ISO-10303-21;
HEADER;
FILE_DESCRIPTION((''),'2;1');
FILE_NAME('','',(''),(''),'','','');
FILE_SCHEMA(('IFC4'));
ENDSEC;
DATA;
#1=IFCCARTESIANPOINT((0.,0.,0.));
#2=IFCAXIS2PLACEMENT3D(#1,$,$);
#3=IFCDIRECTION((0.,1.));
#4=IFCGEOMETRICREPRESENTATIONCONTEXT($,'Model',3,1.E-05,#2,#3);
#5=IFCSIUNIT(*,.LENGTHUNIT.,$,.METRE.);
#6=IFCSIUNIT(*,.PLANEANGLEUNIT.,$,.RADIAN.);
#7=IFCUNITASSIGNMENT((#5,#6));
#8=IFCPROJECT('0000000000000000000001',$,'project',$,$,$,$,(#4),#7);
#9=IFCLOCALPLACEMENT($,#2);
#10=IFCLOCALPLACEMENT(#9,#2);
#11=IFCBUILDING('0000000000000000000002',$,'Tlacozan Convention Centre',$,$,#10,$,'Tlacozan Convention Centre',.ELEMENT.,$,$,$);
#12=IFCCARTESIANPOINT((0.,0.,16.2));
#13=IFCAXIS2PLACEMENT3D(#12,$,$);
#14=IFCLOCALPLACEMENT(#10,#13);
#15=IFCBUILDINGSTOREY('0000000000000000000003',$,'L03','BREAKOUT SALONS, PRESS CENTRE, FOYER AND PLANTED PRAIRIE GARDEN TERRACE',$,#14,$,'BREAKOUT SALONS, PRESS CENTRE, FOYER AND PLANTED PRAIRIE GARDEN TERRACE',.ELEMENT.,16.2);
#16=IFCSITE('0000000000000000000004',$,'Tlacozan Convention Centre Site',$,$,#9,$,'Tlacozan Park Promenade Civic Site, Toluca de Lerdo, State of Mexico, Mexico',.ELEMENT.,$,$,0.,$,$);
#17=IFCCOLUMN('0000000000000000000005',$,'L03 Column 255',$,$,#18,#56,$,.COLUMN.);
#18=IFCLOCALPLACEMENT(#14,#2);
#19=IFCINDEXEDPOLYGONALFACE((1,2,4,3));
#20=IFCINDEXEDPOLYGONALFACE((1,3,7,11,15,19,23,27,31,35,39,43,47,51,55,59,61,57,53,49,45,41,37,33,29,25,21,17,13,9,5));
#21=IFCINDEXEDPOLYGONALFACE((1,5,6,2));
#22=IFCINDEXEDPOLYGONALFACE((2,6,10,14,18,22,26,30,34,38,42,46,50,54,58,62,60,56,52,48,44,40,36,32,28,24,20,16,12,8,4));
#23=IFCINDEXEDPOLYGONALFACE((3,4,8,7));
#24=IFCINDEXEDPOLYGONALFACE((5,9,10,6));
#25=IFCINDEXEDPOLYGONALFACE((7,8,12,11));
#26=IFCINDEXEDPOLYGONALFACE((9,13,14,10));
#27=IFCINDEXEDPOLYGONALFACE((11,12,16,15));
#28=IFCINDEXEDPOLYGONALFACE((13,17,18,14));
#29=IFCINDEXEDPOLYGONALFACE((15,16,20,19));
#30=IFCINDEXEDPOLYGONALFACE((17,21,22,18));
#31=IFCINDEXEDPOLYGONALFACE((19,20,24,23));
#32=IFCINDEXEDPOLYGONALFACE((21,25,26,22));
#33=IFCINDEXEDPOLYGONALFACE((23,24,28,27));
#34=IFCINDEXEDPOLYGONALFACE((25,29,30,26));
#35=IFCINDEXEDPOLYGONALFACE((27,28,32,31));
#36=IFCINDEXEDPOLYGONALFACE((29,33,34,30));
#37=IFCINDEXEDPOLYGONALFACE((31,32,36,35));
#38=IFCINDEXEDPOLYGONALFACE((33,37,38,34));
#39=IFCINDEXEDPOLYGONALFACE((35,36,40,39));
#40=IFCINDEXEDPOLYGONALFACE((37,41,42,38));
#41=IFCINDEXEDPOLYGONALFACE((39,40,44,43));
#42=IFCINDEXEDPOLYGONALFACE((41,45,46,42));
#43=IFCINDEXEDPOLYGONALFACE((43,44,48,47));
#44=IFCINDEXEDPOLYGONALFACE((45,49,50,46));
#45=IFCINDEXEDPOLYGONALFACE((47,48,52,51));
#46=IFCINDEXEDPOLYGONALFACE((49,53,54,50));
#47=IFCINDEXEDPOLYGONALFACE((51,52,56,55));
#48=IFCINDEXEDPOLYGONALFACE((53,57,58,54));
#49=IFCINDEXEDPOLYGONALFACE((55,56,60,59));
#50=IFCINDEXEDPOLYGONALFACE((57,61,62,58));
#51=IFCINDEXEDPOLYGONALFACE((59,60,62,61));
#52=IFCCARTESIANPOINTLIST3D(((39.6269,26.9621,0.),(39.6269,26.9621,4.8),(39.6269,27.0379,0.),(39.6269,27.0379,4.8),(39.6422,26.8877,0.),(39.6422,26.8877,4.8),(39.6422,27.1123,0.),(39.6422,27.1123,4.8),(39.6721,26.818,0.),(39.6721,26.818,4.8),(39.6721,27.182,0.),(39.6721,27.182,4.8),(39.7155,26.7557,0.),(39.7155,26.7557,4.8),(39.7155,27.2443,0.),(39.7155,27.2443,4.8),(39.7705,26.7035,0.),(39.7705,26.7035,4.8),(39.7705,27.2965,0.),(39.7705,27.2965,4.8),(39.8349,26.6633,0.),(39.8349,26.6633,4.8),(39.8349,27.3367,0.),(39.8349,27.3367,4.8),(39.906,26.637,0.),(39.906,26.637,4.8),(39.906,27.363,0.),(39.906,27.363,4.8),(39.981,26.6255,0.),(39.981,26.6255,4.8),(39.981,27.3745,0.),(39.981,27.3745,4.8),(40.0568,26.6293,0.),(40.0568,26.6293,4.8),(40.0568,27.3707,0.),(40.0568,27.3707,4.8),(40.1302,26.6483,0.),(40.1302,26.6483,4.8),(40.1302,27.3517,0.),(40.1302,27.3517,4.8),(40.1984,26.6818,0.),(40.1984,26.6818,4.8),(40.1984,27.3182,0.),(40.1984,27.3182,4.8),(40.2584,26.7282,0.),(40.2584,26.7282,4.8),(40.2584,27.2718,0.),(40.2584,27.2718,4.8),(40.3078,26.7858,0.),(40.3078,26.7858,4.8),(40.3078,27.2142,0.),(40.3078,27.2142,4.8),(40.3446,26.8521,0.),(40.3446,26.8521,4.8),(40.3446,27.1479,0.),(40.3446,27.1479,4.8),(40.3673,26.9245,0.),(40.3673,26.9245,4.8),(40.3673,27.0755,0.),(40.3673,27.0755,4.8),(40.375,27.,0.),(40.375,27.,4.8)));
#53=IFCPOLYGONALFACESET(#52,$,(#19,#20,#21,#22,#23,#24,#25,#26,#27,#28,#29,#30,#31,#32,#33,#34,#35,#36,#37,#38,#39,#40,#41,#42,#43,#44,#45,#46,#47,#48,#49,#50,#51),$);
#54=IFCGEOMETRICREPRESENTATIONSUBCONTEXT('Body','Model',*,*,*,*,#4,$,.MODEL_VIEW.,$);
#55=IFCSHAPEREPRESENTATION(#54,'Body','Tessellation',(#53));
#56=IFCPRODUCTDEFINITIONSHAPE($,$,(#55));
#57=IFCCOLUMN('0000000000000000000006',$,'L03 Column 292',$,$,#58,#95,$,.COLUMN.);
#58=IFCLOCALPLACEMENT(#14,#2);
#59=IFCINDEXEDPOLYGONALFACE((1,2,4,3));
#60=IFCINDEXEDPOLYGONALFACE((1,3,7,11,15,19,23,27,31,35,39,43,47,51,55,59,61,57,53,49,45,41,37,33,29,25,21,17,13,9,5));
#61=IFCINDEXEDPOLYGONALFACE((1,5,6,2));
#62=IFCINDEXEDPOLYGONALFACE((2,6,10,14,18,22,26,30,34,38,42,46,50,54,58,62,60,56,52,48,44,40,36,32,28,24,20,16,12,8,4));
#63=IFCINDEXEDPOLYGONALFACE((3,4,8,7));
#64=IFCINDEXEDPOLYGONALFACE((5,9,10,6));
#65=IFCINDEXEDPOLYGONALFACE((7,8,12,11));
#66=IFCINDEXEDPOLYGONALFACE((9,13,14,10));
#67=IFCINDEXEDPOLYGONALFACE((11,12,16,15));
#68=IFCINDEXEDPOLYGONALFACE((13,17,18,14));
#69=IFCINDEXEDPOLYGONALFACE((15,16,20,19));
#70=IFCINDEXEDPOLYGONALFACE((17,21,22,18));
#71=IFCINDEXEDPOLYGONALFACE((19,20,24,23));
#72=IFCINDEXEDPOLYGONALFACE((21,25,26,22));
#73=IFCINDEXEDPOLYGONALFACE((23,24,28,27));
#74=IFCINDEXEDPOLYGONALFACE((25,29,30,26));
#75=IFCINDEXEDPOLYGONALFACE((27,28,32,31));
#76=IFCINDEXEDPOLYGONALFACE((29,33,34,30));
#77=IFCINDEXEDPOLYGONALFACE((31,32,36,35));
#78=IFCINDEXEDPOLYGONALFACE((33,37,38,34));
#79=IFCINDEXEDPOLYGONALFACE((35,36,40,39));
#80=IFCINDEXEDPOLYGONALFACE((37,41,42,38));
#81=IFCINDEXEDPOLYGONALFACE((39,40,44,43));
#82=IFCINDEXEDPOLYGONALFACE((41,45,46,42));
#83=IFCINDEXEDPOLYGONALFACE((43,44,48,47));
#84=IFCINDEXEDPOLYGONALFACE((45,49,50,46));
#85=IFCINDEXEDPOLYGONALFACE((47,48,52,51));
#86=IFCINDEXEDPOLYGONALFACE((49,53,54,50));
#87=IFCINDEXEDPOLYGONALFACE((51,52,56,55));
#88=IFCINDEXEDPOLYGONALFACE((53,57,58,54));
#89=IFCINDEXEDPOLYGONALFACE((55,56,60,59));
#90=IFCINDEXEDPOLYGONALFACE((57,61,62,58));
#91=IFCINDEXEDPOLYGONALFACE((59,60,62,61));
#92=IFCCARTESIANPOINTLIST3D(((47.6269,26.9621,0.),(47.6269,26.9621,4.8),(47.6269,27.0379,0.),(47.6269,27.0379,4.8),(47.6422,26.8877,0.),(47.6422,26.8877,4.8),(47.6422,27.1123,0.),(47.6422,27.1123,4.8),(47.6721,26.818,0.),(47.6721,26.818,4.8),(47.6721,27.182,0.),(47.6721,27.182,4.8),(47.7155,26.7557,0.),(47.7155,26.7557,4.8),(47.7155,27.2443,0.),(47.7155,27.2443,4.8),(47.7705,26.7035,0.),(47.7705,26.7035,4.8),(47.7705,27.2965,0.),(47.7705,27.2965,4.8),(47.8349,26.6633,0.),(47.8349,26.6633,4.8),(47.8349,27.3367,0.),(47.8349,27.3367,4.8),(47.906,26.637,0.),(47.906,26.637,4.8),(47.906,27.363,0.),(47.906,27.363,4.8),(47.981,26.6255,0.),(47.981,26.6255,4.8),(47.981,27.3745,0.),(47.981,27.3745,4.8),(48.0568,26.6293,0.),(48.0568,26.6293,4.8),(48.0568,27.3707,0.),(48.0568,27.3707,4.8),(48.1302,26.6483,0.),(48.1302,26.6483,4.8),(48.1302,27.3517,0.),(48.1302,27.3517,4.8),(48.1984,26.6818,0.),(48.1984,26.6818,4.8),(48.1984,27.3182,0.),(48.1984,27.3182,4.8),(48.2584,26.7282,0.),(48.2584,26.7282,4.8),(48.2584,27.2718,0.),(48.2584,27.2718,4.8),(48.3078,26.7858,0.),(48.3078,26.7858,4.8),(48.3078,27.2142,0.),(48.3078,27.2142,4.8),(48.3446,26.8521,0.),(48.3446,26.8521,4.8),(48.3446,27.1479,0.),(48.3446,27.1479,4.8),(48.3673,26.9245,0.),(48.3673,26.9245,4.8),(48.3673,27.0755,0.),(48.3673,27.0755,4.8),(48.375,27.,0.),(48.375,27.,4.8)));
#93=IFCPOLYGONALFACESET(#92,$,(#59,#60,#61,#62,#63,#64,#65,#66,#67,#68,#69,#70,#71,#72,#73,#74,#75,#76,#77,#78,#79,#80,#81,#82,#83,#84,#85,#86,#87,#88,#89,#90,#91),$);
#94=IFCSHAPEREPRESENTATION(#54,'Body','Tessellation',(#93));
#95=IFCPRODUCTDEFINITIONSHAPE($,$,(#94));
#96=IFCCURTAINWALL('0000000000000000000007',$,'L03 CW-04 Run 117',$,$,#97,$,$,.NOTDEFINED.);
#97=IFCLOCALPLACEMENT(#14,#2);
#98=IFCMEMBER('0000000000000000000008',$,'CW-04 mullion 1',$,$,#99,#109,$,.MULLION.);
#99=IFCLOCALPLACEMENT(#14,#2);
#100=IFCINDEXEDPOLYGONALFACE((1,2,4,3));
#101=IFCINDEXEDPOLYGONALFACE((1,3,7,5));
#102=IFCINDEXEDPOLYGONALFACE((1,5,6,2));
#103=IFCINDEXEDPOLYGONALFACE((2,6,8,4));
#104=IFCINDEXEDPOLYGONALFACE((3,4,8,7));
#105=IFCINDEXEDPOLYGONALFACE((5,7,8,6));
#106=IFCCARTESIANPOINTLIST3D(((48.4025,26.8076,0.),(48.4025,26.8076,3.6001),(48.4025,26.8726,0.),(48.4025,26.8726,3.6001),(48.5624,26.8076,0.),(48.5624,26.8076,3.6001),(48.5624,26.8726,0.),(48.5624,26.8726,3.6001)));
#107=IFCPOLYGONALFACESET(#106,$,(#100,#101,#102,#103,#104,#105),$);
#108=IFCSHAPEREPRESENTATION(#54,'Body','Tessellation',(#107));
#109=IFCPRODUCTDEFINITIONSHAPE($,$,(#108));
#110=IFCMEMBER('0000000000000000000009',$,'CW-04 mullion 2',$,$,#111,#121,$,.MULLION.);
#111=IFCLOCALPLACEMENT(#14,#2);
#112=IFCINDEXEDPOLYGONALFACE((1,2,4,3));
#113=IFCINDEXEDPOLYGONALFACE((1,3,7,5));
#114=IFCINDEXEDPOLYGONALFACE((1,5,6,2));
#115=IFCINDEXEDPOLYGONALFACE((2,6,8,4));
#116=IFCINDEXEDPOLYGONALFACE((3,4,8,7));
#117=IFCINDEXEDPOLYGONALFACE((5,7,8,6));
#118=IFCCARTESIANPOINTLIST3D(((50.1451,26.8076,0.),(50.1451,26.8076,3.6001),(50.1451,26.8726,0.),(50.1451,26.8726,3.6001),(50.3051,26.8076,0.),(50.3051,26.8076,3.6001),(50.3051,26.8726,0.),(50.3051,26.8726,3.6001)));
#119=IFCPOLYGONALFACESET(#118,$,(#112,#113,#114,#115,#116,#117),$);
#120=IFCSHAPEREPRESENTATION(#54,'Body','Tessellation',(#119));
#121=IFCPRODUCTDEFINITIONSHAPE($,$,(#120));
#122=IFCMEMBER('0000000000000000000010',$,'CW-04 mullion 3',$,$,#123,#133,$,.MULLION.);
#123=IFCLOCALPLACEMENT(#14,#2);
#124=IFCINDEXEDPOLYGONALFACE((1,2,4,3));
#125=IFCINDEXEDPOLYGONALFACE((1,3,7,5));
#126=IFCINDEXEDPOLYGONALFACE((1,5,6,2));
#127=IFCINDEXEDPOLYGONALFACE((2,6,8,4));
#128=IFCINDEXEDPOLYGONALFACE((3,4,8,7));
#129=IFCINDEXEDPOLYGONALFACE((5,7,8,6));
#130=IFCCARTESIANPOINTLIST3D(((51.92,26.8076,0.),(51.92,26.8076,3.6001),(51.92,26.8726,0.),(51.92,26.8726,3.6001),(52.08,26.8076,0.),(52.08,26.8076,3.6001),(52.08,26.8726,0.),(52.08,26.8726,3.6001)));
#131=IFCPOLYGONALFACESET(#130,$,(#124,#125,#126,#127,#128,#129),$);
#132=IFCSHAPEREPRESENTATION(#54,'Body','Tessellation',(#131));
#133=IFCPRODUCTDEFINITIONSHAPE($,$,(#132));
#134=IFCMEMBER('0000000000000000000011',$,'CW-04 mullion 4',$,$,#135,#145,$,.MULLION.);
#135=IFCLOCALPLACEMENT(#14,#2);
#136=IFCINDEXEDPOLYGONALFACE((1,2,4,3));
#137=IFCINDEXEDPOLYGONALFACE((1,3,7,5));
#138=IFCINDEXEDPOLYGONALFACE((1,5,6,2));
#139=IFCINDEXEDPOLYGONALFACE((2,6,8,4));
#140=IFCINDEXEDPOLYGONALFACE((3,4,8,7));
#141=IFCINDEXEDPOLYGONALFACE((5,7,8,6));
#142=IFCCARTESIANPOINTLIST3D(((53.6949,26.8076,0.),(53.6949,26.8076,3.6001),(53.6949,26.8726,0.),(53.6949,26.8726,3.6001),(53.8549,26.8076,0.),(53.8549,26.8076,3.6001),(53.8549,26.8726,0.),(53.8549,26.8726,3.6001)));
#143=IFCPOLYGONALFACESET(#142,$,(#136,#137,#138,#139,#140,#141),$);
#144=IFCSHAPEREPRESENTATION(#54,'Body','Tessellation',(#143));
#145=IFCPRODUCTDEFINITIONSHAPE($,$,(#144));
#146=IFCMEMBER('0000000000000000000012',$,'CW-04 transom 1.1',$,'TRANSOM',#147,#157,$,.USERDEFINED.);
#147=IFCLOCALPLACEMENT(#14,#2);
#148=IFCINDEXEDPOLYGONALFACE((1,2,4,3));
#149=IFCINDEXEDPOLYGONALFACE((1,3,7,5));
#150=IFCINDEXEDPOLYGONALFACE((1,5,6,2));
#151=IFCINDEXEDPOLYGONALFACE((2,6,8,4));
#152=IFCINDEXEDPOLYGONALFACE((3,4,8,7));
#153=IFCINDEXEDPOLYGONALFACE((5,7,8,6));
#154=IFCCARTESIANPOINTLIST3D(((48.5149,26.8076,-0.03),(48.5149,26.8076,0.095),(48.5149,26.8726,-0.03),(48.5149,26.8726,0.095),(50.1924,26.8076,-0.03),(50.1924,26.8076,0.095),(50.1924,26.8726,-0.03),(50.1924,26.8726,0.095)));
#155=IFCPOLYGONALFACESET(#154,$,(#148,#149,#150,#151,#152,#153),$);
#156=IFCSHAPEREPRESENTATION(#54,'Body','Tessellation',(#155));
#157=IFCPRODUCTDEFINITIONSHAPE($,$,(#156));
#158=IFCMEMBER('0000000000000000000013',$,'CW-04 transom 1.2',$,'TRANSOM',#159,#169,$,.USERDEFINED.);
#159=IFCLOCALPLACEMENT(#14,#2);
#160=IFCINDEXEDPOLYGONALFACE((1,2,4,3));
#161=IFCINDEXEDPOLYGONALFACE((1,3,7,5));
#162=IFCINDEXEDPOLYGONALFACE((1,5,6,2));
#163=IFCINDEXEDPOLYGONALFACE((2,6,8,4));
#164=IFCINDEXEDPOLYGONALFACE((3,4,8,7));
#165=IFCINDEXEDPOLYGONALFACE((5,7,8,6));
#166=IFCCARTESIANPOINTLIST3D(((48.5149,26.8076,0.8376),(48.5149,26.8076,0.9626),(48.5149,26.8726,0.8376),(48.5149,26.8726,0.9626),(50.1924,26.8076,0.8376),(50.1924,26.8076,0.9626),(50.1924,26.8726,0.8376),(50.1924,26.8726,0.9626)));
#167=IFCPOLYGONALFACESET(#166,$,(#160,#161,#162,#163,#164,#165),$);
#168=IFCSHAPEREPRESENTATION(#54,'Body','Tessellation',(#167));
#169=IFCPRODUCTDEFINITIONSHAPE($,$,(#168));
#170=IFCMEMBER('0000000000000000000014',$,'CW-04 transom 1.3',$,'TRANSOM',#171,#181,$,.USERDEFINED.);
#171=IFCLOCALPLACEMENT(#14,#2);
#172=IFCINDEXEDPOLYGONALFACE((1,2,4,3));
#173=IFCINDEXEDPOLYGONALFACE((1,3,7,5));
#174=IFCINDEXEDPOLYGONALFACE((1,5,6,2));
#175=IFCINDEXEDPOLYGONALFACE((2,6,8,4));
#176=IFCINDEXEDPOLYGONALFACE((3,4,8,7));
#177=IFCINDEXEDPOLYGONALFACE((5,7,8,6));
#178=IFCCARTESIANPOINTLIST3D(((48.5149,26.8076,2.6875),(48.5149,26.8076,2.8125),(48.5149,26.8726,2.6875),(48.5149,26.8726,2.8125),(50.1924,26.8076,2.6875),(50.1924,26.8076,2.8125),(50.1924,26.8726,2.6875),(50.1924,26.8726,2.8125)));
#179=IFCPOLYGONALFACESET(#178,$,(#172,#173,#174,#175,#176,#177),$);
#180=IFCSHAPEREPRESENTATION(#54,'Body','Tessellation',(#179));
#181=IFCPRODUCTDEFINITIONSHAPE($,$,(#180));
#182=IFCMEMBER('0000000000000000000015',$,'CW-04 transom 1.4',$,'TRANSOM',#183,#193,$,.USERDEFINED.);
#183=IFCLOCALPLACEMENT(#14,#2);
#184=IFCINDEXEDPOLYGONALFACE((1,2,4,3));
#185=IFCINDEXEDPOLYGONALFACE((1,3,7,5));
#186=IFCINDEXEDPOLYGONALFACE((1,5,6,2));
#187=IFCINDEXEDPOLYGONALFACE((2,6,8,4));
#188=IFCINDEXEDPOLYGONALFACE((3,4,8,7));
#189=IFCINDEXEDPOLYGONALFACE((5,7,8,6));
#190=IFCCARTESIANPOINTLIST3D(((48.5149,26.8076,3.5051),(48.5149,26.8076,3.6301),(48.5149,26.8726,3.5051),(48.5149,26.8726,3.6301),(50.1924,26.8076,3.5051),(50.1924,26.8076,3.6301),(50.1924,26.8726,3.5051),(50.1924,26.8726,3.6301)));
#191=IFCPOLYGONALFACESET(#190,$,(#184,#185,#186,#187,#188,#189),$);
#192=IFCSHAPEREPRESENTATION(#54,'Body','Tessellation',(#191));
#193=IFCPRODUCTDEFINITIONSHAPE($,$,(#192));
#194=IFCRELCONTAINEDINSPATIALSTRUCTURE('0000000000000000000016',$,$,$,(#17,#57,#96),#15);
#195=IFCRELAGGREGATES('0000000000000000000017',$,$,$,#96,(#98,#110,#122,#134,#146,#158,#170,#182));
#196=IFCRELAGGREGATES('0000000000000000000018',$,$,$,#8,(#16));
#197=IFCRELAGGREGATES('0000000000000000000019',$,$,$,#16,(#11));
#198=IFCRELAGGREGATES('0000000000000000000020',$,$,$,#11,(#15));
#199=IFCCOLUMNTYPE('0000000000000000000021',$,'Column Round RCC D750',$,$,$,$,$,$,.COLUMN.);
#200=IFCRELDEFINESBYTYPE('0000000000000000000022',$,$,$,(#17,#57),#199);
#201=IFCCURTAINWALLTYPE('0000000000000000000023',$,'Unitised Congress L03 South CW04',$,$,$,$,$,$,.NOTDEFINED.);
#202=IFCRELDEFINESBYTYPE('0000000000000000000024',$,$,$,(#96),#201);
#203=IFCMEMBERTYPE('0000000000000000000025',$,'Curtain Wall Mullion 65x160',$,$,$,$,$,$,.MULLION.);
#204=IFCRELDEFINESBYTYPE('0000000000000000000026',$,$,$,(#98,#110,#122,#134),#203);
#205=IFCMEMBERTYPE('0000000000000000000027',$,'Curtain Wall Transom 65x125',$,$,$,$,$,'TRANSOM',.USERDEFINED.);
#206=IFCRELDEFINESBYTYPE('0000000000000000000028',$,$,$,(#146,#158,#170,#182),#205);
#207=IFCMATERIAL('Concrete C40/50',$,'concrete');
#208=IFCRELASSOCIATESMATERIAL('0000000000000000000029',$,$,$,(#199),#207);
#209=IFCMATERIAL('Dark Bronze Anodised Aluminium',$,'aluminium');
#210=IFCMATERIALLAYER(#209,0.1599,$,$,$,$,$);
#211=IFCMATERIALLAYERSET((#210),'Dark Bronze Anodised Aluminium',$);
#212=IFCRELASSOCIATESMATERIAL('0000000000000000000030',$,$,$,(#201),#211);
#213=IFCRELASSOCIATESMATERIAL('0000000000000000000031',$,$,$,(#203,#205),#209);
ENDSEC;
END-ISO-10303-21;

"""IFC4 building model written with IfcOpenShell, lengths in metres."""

from ifc_helpers import new_model, si_unit, direction, frame, origin, origin_2d, place, context, subcontext, project, spatial, rectangle, circle, extrude, material, layer, layer_set, material_profile, profile_set, type_object, element, aggregate, save


model = new_model("IFC4")

# Units and contexts
model_context = context("Model", 3, precision=1e-05, world=origin(), true_north=direction((0.0, 1.0)))
body_context = subcontext(model_context, "Body", "Model", "MODEL_VIEW")
ifc_project = project(units=[si_unit("LENGTHUNIT", "METRE"), si_unit("PLANEANGLEUNIT", "RADIAN")], contexts=[model_context])

# Site, building, storey
site_placement = place(None, origin())
site = spatial("IfcSite", under=ifc_project, at=site_placement, Name="Tlacozan Convention Centre Site", LongName="Tlacozan Park Promenade Civic Site, Toluca de Lerdo, State of Mexico, Mexico", CompositionType="ELEMENT", RefElevation=0.0)
building_placement = place(site_placement, origin())
building = spatial("IfcBuilding", under=site, at=building_placement, Name="Tlacozan Convention Centre", LongName="Tlacozan Convention Centre", CompositionType="ELEMENT")
storey_placement = place(building_placement, frame((0.0, 0.0, 16.2)))
storey = spatial("IfcBuildingStorey", under=building, at=storey_placement, Name="L03", Description="BREAKOUT SALONS, PRESS CENTRE, FOYER AND PLANTED PRAIRIE GARDEN TERRACE", LongName="BREAKOUT SALONS, PRESS CENTRE, FOYER AND PLANTED PRAIRIE GARDEN TERRACE", CompositionType="ELEMENT", Elevation=16.2)

# Columns
ifc_material_1 = material(Name="Concrete C40/50", Category="concrete")
ifc_material_profile_1 = material_profile(ifc_material_1, circle(Radius=0.375, at=origin_2d()), Name="RCC D750")
ifc_profile_set_1 = profile_set([ifc_material_profile_1], Name="Concrete C40/50")
column_type = type_object("IfcColumnType", Name="Column Round RCC D750", PredefinedType="COLUMN", material=ifc_profile_set_1)
for number, where, z_axis, x_axis, name in (
    (1, (40.0, 27.0, 0.0), (0.0, 0.0, 1.0), (1.0, 0.0, 0.0), "L03 Column 255"),
    (2, (48.0, 27.0, 0.0), (0.0, 0.0, 1.0), (1.0, 0.0, 0.0), "L03 Column 292"),
):
    element("IfcColumn", number, at=place(storey_placement, frame(where, z_axis=z_axis, x_axis=x_axis)), inside=storey, type_object=column_type, Name=name, PredefinedType="COLUMN", context=body_context, shape_type="SweptSolid", body=[
        extrude(circle(Radius=0.375, at=origin_2d()), origin(), (0.0, 0.0, 1.0), 4.8),
    ])

# Curtain wall, members
ifc_material_2 = material(Name="Dark Bronze Anodised Aluminium", Category="aluminium")
ifc_layer_1 = layer(ifc_material_2, 0.1599)
ifc_layer_set_1 = layer_set([ifc_layer_1], Name="Dark Bronze Anodised Aluminium")
curtain_wall_type = type_object("IfcCurtainWallType", Name="Unitised Congress L03 South CW04", PredefinedType="NOTDEFINED", material=ifc_layer_set_1)
curtain_wall_placement = place(storey_placement, origin())
curtain_wall = element("IfcCurtainWall", 3, at=curtain_wall_placement, inside=storey, type_object=curtain_wall_type, Name="L03 CW-04 Run 117", PredefinedType="NOTDEFINED")
ifc_material_profile_2 = material_profile(ifc_material_2, rectangle(XDim=0.0649, YDim=0.1599, at=origin_2d()), Name="ALU 65x160")
ifc_profile_set_2 = profile_set([ifc_material_profile_2], Name="Dark Bronze Anodised Aluminium")
member_type_1 = type_object("IfcMemberType", Name="Curtain Wall Mullion 65x160", PredefinedType="MULLION", material=ifc_profile_set_2)
member_1_placement = place(storey_placement, frame((48.4824, 26.8401, 0.0), z_axis=(0.0, 0.0, 1.0), x_axis=(0.0, 1.0, 0.0)))
member_1 = element("IfcMember", 4, at=member_1_placement, type_object=member_type_1, Name="CW-04 mullion 1", PredefinedType="MULLION", context=body_context, shape_type="SweptSolid", body=[
    extrude(rectangle(XDim=0.0649, YDim=0.1599, at=origin_2d()), origin(), (0.0, 0.0, 1.0), 3.6001),
])
member_2_placement = place(storey_placement, frame((50.2251, 26.8401, 0.0), z_axis=(0.0, 0.0, 1.0), x_axis=(0.0, 1.0, 0.0)))
member_2 = element("IfcMember", 5, at=member_2_placement, type_object=member_type_1, Name="CW-04 mullion 2", PredefinedType="MULLION", context=body_context, shape_type="SweptSolid", body=[
    extrude(rectangle(XDim=0.0649, YDim=0.1599, at=origin_2d()), origin(), (0.0, 0.0, 1.0), 3.6001),
])
member_3_placement = place(storey_placement, frame((52.0, 26.8401, 0.0), z_axis=(0.0, 0.0, 1.0), x_axis=(0.0, 1.0, 0.0)))
member_3 = element("IfcMember", 6, at=member_3_placement, type_object=member_type_1, Name="CW-04 mullion 3", PredefinedType="MULLION", context=body_context, shape_type="SweptSolid", body=[
    extrude(rectangle(XDim=0.0649, YDim=0.1599, at=origin_2d()), origin(), (0.0, 0.0, 1.0), 3.6001),
])
member_4_placement = place(storey_placement, frame((53.7749, 26.8401, 0.0), z_axis=(0.0, 0.0, 1.0), x_axis=(0.0, 1.0, 0.0)))
member_4 = element("IfcMember", 7, at=member_4_placement, type_object=member_type_1, Name="CW-04 mullion 4", PredefinedType="MULLION", context=body_context, shape_type="SweptSolid", body=[
    extrude(rectangle(XDim=0.0649, YDim=0.1599, at=origin_2d()), origin(), (0.0, 0.0, 1.0), 3.6001),
])
ifc_material_profile_3 = material_profile(ifc_material_2, rectangle(XDim=0.0649, YDim=0.125, at=origin_2d()), Name="ALU 65x125")
ifc_profile_set_3 = profile_set([ifc_material_profile_3], Name="Dark Bronze Anodised Aluminium")
member_type_2 = type_object("IfcMemberType", Name="Curtain Wall Transom 65x125", ElementType="TRANSOM", PredefinedType="USERDEFINED", material=ifc_profile_set_3)
member_5_placement = place(storey_placement, frame((48.5149, 26.8401, 0.0325), z_axis=(1.0, 0.0, 0.0), x_axis=(0.0, 1.0, 0.0)))
member_5 = element("IfcMember", 8, at=member_5_placement, type_object=member_type_2, Name="CW-04 transom 1.1", ObjectType="TRANSOM", PredefinedType="USERDEFINED", context=body_context, shape_type="SweptSolid", body=[
    extrude(rectangle(XDim=0.0649, YDim=0.125, at=origin_2d()), origin(), (0.0, 0.0, 1.0), 1.6775),
])
member_6_placement = place(storey_placement, frame((48.5149, 26.8401, 0.9001), z_axis=(1.0, 0.0, 0.0), x_axis=(0.0, 1.0, 0.0)))
member_6 = element("IfcMember", 9, at=member_6_placement, type_object=member_type_2, Name="CW-04 transom 1.2", ObjectType="TRANSOM", PredefinedType="USERDEFINED", context=body_context, shape_type="SweptSolid", body=[
    extrude(rectangle(XDim=0.0649, YDim=0.125, at=origin_2d()), origin(), (0.0, 0.0, 1.0), 1.6775),
])
member_7_placement = place(storey_placement, frame((48.5149, 26.8401, 2.75), z_axis=(1.0, 0.0, 0.0), x_axis=(0.0, 1.0, 0.0)))
member_7 = element("IfcMember", 10, at=member_7_placement, type_object=member_type_2, Name="CW-04 transom 1.3", ObjectType="TRANSOM", PredefinedType="USERDEFINED", context=body_context, shape_type="SweptSolid", body=[
    extrude(rectangle(XDim=0.0649, YDim=0.125, at=origin_2d()), origin(), (0.0, 0.0, 1.0), 1.6775),
])
member_8_placement = place(storey_placement, frame((48.5149, 26.8401, 3.5676), z_axis=(1.0, 0.0, 0.0), x_axis=(0.0, 1.0, 0.0)))
member_8 = element("IfcMember", 11, at=member_8_placement, type_object=member_type_2, Name="CW-04 transom 1.4", ObjectType="TRANSOM", PredefinedType="USERDEFINED", context=body_context, shape_type="SweptSolid", body=[
    extrude(rectangle(XDim=0.0649, YDim=0.125, at=origin_2d()), origin(), (0.0, 0.0, 1.0), 1.6775),
])

aggregate(curtain_wall, [member_1, member_2, member_3, member_4, member_5, member_6, member_7, member_8])

save(model, "model.ifc")
